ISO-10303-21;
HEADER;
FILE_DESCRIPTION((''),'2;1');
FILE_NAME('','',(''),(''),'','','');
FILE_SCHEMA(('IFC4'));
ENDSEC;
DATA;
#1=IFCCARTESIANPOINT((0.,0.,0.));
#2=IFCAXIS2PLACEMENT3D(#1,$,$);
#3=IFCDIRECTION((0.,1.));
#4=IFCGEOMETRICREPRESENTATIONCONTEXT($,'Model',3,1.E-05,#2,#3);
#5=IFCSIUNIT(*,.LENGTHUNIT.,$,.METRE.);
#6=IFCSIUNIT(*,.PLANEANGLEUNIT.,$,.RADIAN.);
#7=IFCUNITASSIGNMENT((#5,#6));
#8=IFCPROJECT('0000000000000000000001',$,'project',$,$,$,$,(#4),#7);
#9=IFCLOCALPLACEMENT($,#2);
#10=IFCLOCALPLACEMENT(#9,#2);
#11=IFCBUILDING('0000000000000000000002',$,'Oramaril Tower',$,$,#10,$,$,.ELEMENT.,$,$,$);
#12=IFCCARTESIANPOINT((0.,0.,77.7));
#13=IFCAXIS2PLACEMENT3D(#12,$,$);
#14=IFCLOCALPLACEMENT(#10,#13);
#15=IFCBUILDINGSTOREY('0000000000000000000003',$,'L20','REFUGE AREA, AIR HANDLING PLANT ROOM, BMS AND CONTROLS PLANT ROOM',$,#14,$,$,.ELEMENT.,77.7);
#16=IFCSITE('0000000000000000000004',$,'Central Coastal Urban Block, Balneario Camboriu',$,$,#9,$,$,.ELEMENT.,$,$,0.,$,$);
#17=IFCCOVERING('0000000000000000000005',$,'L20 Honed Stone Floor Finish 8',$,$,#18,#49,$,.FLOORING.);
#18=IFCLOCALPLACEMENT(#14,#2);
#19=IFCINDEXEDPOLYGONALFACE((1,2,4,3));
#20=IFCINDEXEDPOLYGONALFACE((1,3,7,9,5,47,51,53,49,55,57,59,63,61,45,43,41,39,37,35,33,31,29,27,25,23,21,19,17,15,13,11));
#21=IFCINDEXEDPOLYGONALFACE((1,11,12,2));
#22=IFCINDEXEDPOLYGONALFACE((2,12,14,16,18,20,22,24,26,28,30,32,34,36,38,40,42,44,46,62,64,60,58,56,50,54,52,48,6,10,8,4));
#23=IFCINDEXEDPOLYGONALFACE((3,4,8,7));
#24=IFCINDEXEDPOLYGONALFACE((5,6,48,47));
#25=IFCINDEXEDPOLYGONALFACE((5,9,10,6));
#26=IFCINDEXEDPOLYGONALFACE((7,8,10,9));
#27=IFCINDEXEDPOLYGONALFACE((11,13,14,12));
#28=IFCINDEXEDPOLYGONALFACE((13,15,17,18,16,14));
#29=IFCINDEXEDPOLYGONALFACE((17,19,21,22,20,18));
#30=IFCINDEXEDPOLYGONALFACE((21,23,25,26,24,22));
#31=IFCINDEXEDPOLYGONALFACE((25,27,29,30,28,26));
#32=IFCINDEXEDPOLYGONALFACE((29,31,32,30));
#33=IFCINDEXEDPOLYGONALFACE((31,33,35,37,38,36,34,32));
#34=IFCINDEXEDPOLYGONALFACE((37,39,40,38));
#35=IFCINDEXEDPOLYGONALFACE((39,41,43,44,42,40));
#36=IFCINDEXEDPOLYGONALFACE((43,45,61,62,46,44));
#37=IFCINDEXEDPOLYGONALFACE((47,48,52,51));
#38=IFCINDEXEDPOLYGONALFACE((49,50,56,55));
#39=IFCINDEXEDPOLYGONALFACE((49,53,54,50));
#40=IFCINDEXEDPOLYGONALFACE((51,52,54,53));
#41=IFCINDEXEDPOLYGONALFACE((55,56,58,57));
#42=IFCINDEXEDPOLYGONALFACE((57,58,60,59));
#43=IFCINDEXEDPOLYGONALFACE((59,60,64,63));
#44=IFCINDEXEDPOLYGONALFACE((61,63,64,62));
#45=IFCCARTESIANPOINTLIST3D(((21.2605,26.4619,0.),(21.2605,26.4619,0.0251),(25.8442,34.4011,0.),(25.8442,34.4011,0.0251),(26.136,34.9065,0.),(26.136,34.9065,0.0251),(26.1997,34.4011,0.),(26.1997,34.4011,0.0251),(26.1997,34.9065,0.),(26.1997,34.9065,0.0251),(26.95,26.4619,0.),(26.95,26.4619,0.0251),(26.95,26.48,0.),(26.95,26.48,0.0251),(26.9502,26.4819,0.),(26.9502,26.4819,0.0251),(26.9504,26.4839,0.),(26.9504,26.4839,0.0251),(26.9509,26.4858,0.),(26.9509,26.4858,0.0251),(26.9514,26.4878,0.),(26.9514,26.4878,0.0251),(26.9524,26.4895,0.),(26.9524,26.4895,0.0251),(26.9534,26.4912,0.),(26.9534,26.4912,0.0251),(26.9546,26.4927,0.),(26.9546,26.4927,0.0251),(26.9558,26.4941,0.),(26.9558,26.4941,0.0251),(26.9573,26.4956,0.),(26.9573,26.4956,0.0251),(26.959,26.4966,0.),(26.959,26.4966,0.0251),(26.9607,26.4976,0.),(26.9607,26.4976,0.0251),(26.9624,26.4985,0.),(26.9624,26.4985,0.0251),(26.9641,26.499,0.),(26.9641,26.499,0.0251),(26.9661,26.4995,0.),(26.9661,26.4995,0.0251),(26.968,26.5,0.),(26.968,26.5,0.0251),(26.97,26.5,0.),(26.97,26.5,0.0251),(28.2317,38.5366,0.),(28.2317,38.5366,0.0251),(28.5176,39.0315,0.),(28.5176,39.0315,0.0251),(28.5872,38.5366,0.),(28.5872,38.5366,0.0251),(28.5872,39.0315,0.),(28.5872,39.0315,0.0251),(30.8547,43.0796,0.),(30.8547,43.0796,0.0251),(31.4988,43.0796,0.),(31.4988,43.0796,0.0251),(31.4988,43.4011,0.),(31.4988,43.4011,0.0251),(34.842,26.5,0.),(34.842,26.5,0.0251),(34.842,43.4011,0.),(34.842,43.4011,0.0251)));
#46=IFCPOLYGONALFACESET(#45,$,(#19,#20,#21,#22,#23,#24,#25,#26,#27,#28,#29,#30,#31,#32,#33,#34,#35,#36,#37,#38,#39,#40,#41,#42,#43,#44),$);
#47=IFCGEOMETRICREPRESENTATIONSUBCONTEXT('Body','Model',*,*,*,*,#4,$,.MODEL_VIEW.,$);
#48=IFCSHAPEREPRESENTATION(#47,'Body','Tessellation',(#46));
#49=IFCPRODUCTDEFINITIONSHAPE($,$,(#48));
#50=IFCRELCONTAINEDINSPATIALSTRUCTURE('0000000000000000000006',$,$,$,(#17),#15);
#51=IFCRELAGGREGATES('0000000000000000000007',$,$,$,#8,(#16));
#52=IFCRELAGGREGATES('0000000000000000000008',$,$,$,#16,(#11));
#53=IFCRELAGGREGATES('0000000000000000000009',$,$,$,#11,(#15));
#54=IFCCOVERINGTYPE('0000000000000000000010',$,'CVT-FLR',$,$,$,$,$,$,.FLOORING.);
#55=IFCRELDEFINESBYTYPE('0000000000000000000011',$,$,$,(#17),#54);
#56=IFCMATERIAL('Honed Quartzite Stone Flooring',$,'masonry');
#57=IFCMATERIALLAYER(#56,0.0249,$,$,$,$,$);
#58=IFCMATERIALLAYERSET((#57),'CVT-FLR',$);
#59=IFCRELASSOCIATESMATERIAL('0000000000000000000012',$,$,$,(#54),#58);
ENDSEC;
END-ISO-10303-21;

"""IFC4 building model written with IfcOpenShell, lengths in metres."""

from ifc_helpers import new_model, si_unit, direction, frame, origin, place, context, subcontext, project, spatial, polyline, outline, extrude, material, layer, layer_set, type_object, element, save


model = new_model("IFC4")

# Units and contexts
model_context = context("Model", 3, precision=1e-05, world=origin(), true_north=direction((0.0, 1.0)))
body_context = subcontext(model_context, "Body", "Model", "MODEL_VIEW")
ifc_project = project(units=[si_unit("LENGTHUNIT", "METRE"), si_unit("PLANEANGLEUNIT", "RADIAN")], contexts=[model_context])

# Site, building, storey
site_placement = place(None, origin())
site = spatial("IfcSite", under=ifc_project, at=site_placement, Name="Central Coastal Urban Block, Balneario Camboriu", CompositionType="ELEMENT", RefElevation=0.0)
building_placement = place(site_placement, origin())
building = spatial("IfcBuilding", under=site, at=building_placement, Name="Oramaril Tower", CompositionType="ELEMENT")
storey_placement = place(building_placement, frame((0.0, 0.0, 77.7)))
storey = spatial("IfcBuildingStorey", under=building, at=storey_placement, Name="L20", Description="REFUGE AREA, AIR HANDLING PLANT ROOM, BMS AND CONTROLS PLANT ROOM", CompositionType="ELEMENT", Elevation=77.7)

# Covering
ifc_material_1 = material(Name="Honed Quartzite Stone Flooring", Category="masonry")
ifc_layer_1 = layer(ifc_material_1, 0.0249)
ifc_layer_set_1 = layer_set([ifc_layer_1], Name="CVT-FLR")
covering_type_1 = type_object("IfcCoveringType", Name="CVT-FLR", PredefinedType="FLOORING", material=ifc_layer_set_1)
covering_1_placement = place(storey_placement, origin())
element("IfcCovering", 1, at=covering_1_placement, inside=storey, type_object=covering_type_1, Name="L20 Honed Stone Floor Finish 8", PredefinedType="FLOORING", context=body_context, shape_type="SweptSolid", body=[
    extrude(outline(polyline([(26.1997, 34.4011), (26.1997, 34.9065), (26.136, 34.9065), (28.2317, 38.5366), (28.5872, 38.5366), (28.5872, 39.0315), (28.5176, 39.0315), (30.8547, 43.0796), (31.4988, 43.0796), (31.4988, 43.4011), (34.842, 43.4011), (34.842, 26.5), (26.97, 26.5), (26.968, 26.5), (26.9661, 26.4995), (26.9641, 26.499), (26.9624, 26.4985), (26.9607, 26.4976), (26.959, 26.4966), (26.9573, 26.4956), (26.9558, 26.4941), (26.9546, 26.4927), (26.9534, 26.4912), (26.9524, 26.4895), (26.9514, 26.4878), (26.9509, 26.4858), (26.9504, 26.4839), (26.9502, 26.4819), (26.95, 26.48), (26.95, 26.4619), (21.2605, 26.4619), (25.8442, 34.4011), (26.1997, 34.4011)])), origin(), (0.0, 0.0, 1.0), 0.0251),
])

save(model, "model.ifc")
